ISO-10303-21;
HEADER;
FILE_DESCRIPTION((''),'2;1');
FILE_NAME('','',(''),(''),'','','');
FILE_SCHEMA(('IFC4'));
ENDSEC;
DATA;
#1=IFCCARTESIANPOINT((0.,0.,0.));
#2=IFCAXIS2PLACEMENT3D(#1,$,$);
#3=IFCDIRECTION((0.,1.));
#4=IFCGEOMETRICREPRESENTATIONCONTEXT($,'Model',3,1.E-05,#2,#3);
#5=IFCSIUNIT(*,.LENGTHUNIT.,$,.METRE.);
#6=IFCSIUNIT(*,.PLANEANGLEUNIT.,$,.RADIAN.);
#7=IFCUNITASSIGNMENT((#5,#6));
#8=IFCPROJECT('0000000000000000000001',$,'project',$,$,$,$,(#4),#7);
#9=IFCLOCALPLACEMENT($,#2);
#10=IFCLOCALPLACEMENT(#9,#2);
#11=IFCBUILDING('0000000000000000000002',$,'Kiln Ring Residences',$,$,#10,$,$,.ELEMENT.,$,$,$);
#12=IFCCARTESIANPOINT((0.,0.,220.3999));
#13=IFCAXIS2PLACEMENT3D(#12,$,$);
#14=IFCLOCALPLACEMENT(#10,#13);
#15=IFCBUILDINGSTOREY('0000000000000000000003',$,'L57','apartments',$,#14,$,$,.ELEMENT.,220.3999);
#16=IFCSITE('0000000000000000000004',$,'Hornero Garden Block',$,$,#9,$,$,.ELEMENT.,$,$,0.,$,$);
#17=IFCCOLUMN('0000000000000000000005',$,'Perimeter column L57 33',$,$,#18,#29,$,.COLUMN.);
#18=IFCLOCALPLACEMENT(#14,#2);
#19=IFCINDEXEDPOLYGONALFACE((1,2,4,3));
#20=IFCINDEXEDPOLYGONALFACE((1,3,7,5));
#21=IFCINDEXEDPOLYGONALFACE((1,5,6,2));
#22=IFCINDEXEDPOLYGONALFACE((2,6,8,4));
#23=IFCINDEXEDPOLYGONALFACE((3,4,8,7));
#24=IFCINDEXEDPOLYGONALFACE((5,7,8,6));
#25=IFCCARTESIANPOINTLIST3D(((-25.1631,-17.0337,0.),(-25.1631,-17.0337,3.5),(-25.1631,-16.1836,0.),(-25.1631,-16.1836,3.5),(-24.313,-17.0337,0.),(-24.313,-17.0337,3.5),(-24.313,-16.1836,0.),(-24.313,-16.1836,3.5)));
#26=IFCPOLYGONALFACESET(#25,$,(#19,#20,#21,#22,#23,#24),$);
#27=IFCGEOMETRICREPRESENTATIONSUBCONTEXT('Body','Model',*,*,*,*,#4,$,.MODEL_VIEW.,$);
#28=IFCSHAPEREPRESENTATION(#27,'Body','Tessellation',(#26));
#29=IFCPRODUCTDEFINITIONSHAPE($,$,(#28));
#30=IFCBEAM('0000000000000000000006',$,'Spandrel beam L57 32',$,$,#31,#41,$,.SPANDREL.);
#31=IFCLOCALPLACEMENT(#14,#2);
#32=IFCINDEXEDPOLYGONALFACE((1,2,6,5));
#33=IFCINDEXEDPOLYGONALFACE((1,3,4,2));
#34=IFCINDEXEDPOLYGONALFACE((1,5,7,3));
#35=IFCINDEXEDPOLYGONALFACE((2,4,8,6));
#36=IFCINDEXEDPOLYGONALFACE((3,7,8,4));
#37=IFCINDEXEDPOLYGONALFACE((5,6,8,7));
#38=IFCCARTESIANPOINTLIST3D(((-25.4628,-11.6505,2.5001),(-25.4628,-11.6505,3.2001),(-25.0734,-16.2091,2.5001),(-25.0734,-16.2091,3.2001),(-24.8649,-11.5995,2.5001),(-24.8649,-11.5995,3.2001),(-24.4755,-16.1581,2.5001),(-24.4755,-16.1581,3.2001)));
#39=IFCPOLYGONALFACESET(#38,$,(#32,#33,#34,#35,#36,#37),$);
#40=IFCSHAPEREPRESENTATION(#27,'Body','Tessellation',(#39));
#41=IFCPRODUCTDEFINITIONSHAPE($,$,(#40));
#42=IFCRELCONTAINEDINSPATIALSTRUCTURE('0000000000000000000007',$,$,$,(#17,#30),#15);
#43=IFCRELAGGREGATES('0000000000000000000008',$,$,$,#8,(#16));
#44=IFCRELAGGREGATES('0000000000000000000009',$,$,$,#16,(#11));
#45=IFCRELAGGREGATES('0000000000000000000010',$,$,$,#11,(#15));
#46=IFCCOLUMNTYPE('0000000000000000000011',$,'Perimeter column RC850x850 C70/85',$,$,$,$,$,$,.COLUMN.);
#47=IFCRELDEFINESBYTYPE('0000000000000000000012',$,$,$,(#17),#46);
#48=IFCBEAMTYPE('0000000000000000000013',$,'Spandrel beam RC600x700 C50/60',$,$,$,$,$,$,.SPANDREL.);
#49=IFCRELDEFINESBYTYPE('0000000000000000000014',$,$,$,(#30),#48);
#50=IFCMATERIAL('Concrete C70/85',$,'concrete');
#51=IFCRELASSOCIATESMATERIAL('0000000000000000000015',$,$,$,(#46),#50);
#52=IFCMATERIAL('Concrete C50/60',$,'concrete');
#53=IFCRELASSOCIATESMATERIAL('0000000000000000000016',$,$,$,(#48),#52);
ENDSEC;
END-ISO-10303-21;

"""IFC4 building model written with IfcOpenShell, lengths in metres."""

from ifc_helpers import new_model, si_unit, direction, frame, origin, origin_2d, place, context, subcontext, project, spatial, rectangle, extrude, material, material_profile, profile_set, type_object, element, save


model = new_model("IFC4")

# Units and contexts
model_context = context("Model", 3, precision=1e-05, world=origin(), true_north=direction((0.0, 1.0)))
body_context = subcontext(model_context, "Body", "Model", "MODEL_VIEW")
ifc_project = project(units=[si_unit("LENGTHUNIT", "METRE"), si_unit("PLANEANGLEUNIT", "RADIAN")], contexts=[model_context])

# Site, building, storey
site_placement = place(None, origin())
site = spatial("IfcSite", under=ifc_project, at=site_placement, Name="Hornero Garden Block", CompositionType="ELEMENT", RefElevation=0.0)
building_placement = place(site_placement, origin())
building = spatial("IfcBuilding", under=site, at=building_placement, Name="Kiln Ring Residences", CompositionType="ELEMENT")
storey_placement = place(building_placement, frame((0.0, 0.0, 220.3999)))
storey = spatial("IfcBuildingStorey", under=building, at=storey_placement, Name="L57", Description="apartments", CompositionType="ELEMENT", Elevation=220.3999)

# Column
ifc_material_1 = material(Name="Concrete C70/85", Category="concrete")
ifc_material_profile_1 = material_profile(ifc_material_1, rectangle(XDim=0.8501, YDim=0.8501, at=origin_2d()), Name="RC850x850")
ifc_profile_set_1 = profile_set([ifc_material_profile_1], Name="Concrete C70/85")
column_type = type_object("IfcColumnType", Name="Perimeter column RC850x850 C70/85", PredefinedType="COLUMN", material=ifc_profile_set_1)
column_placement = place(storey_placement, frame((-24.738, -16.6086, 0.0), z_axis=(0.0, 0.0, 1.0), x_axis=(1.0, 0.0, 0.0)))
element("IfcColumn", 1, at=column_placement, inside=storey, type_object=column_type, Name="Perimeter column L57 33", PredefinedType="COLUMN", context=body_context, shape_type="SweptSolid", body=[
    extrude(rectangle(XDim=0.8501, YDim=0.8501, at=origin_2d()), origin(), (0.0, 0.0, 1.0), 3.5),
])

# Beam
ifc_material_2 = material(Name="Concrete C50/60", Category="concrete")
ifc_material_profile_2 = material_profile(ifc_material_2, rectangle(XDim=0.6001, YDim=0.7, at=origin_2d()), Name="RC600x700")
ifc_profile_set_2 = profile_set([ifc_material_profile_2], Name="Concrete C50/60")
beam_type = type_object("IfcBeamType", Name="Spandrel beam RC600x700 C50/60", PredefinedType="SPANDREL", material=ifc_profile_set_2)
beam_placement = place(storey_placement, frame((-25.1638, -11.625, 2.8501), z_axis=(0.085112, -0.996371, 0.0), x_axis=(0.996371, 0.085112, 0.0)))
element("IfcBeam", 2, at=beam_placement, inside=storey, type_object=beam_type, Name="Spandrel beam L57 32", PredefinedType="SPANDREL", context=body_context, shape_type="SweptSolid", body=[
    extrude(rectangle(XDim=0.6001, YDim=0.7, at=origin_2d()), origin(), (0.0, 0.0, 1.0), 4.5752),
])

save(model, "model.ifc")
